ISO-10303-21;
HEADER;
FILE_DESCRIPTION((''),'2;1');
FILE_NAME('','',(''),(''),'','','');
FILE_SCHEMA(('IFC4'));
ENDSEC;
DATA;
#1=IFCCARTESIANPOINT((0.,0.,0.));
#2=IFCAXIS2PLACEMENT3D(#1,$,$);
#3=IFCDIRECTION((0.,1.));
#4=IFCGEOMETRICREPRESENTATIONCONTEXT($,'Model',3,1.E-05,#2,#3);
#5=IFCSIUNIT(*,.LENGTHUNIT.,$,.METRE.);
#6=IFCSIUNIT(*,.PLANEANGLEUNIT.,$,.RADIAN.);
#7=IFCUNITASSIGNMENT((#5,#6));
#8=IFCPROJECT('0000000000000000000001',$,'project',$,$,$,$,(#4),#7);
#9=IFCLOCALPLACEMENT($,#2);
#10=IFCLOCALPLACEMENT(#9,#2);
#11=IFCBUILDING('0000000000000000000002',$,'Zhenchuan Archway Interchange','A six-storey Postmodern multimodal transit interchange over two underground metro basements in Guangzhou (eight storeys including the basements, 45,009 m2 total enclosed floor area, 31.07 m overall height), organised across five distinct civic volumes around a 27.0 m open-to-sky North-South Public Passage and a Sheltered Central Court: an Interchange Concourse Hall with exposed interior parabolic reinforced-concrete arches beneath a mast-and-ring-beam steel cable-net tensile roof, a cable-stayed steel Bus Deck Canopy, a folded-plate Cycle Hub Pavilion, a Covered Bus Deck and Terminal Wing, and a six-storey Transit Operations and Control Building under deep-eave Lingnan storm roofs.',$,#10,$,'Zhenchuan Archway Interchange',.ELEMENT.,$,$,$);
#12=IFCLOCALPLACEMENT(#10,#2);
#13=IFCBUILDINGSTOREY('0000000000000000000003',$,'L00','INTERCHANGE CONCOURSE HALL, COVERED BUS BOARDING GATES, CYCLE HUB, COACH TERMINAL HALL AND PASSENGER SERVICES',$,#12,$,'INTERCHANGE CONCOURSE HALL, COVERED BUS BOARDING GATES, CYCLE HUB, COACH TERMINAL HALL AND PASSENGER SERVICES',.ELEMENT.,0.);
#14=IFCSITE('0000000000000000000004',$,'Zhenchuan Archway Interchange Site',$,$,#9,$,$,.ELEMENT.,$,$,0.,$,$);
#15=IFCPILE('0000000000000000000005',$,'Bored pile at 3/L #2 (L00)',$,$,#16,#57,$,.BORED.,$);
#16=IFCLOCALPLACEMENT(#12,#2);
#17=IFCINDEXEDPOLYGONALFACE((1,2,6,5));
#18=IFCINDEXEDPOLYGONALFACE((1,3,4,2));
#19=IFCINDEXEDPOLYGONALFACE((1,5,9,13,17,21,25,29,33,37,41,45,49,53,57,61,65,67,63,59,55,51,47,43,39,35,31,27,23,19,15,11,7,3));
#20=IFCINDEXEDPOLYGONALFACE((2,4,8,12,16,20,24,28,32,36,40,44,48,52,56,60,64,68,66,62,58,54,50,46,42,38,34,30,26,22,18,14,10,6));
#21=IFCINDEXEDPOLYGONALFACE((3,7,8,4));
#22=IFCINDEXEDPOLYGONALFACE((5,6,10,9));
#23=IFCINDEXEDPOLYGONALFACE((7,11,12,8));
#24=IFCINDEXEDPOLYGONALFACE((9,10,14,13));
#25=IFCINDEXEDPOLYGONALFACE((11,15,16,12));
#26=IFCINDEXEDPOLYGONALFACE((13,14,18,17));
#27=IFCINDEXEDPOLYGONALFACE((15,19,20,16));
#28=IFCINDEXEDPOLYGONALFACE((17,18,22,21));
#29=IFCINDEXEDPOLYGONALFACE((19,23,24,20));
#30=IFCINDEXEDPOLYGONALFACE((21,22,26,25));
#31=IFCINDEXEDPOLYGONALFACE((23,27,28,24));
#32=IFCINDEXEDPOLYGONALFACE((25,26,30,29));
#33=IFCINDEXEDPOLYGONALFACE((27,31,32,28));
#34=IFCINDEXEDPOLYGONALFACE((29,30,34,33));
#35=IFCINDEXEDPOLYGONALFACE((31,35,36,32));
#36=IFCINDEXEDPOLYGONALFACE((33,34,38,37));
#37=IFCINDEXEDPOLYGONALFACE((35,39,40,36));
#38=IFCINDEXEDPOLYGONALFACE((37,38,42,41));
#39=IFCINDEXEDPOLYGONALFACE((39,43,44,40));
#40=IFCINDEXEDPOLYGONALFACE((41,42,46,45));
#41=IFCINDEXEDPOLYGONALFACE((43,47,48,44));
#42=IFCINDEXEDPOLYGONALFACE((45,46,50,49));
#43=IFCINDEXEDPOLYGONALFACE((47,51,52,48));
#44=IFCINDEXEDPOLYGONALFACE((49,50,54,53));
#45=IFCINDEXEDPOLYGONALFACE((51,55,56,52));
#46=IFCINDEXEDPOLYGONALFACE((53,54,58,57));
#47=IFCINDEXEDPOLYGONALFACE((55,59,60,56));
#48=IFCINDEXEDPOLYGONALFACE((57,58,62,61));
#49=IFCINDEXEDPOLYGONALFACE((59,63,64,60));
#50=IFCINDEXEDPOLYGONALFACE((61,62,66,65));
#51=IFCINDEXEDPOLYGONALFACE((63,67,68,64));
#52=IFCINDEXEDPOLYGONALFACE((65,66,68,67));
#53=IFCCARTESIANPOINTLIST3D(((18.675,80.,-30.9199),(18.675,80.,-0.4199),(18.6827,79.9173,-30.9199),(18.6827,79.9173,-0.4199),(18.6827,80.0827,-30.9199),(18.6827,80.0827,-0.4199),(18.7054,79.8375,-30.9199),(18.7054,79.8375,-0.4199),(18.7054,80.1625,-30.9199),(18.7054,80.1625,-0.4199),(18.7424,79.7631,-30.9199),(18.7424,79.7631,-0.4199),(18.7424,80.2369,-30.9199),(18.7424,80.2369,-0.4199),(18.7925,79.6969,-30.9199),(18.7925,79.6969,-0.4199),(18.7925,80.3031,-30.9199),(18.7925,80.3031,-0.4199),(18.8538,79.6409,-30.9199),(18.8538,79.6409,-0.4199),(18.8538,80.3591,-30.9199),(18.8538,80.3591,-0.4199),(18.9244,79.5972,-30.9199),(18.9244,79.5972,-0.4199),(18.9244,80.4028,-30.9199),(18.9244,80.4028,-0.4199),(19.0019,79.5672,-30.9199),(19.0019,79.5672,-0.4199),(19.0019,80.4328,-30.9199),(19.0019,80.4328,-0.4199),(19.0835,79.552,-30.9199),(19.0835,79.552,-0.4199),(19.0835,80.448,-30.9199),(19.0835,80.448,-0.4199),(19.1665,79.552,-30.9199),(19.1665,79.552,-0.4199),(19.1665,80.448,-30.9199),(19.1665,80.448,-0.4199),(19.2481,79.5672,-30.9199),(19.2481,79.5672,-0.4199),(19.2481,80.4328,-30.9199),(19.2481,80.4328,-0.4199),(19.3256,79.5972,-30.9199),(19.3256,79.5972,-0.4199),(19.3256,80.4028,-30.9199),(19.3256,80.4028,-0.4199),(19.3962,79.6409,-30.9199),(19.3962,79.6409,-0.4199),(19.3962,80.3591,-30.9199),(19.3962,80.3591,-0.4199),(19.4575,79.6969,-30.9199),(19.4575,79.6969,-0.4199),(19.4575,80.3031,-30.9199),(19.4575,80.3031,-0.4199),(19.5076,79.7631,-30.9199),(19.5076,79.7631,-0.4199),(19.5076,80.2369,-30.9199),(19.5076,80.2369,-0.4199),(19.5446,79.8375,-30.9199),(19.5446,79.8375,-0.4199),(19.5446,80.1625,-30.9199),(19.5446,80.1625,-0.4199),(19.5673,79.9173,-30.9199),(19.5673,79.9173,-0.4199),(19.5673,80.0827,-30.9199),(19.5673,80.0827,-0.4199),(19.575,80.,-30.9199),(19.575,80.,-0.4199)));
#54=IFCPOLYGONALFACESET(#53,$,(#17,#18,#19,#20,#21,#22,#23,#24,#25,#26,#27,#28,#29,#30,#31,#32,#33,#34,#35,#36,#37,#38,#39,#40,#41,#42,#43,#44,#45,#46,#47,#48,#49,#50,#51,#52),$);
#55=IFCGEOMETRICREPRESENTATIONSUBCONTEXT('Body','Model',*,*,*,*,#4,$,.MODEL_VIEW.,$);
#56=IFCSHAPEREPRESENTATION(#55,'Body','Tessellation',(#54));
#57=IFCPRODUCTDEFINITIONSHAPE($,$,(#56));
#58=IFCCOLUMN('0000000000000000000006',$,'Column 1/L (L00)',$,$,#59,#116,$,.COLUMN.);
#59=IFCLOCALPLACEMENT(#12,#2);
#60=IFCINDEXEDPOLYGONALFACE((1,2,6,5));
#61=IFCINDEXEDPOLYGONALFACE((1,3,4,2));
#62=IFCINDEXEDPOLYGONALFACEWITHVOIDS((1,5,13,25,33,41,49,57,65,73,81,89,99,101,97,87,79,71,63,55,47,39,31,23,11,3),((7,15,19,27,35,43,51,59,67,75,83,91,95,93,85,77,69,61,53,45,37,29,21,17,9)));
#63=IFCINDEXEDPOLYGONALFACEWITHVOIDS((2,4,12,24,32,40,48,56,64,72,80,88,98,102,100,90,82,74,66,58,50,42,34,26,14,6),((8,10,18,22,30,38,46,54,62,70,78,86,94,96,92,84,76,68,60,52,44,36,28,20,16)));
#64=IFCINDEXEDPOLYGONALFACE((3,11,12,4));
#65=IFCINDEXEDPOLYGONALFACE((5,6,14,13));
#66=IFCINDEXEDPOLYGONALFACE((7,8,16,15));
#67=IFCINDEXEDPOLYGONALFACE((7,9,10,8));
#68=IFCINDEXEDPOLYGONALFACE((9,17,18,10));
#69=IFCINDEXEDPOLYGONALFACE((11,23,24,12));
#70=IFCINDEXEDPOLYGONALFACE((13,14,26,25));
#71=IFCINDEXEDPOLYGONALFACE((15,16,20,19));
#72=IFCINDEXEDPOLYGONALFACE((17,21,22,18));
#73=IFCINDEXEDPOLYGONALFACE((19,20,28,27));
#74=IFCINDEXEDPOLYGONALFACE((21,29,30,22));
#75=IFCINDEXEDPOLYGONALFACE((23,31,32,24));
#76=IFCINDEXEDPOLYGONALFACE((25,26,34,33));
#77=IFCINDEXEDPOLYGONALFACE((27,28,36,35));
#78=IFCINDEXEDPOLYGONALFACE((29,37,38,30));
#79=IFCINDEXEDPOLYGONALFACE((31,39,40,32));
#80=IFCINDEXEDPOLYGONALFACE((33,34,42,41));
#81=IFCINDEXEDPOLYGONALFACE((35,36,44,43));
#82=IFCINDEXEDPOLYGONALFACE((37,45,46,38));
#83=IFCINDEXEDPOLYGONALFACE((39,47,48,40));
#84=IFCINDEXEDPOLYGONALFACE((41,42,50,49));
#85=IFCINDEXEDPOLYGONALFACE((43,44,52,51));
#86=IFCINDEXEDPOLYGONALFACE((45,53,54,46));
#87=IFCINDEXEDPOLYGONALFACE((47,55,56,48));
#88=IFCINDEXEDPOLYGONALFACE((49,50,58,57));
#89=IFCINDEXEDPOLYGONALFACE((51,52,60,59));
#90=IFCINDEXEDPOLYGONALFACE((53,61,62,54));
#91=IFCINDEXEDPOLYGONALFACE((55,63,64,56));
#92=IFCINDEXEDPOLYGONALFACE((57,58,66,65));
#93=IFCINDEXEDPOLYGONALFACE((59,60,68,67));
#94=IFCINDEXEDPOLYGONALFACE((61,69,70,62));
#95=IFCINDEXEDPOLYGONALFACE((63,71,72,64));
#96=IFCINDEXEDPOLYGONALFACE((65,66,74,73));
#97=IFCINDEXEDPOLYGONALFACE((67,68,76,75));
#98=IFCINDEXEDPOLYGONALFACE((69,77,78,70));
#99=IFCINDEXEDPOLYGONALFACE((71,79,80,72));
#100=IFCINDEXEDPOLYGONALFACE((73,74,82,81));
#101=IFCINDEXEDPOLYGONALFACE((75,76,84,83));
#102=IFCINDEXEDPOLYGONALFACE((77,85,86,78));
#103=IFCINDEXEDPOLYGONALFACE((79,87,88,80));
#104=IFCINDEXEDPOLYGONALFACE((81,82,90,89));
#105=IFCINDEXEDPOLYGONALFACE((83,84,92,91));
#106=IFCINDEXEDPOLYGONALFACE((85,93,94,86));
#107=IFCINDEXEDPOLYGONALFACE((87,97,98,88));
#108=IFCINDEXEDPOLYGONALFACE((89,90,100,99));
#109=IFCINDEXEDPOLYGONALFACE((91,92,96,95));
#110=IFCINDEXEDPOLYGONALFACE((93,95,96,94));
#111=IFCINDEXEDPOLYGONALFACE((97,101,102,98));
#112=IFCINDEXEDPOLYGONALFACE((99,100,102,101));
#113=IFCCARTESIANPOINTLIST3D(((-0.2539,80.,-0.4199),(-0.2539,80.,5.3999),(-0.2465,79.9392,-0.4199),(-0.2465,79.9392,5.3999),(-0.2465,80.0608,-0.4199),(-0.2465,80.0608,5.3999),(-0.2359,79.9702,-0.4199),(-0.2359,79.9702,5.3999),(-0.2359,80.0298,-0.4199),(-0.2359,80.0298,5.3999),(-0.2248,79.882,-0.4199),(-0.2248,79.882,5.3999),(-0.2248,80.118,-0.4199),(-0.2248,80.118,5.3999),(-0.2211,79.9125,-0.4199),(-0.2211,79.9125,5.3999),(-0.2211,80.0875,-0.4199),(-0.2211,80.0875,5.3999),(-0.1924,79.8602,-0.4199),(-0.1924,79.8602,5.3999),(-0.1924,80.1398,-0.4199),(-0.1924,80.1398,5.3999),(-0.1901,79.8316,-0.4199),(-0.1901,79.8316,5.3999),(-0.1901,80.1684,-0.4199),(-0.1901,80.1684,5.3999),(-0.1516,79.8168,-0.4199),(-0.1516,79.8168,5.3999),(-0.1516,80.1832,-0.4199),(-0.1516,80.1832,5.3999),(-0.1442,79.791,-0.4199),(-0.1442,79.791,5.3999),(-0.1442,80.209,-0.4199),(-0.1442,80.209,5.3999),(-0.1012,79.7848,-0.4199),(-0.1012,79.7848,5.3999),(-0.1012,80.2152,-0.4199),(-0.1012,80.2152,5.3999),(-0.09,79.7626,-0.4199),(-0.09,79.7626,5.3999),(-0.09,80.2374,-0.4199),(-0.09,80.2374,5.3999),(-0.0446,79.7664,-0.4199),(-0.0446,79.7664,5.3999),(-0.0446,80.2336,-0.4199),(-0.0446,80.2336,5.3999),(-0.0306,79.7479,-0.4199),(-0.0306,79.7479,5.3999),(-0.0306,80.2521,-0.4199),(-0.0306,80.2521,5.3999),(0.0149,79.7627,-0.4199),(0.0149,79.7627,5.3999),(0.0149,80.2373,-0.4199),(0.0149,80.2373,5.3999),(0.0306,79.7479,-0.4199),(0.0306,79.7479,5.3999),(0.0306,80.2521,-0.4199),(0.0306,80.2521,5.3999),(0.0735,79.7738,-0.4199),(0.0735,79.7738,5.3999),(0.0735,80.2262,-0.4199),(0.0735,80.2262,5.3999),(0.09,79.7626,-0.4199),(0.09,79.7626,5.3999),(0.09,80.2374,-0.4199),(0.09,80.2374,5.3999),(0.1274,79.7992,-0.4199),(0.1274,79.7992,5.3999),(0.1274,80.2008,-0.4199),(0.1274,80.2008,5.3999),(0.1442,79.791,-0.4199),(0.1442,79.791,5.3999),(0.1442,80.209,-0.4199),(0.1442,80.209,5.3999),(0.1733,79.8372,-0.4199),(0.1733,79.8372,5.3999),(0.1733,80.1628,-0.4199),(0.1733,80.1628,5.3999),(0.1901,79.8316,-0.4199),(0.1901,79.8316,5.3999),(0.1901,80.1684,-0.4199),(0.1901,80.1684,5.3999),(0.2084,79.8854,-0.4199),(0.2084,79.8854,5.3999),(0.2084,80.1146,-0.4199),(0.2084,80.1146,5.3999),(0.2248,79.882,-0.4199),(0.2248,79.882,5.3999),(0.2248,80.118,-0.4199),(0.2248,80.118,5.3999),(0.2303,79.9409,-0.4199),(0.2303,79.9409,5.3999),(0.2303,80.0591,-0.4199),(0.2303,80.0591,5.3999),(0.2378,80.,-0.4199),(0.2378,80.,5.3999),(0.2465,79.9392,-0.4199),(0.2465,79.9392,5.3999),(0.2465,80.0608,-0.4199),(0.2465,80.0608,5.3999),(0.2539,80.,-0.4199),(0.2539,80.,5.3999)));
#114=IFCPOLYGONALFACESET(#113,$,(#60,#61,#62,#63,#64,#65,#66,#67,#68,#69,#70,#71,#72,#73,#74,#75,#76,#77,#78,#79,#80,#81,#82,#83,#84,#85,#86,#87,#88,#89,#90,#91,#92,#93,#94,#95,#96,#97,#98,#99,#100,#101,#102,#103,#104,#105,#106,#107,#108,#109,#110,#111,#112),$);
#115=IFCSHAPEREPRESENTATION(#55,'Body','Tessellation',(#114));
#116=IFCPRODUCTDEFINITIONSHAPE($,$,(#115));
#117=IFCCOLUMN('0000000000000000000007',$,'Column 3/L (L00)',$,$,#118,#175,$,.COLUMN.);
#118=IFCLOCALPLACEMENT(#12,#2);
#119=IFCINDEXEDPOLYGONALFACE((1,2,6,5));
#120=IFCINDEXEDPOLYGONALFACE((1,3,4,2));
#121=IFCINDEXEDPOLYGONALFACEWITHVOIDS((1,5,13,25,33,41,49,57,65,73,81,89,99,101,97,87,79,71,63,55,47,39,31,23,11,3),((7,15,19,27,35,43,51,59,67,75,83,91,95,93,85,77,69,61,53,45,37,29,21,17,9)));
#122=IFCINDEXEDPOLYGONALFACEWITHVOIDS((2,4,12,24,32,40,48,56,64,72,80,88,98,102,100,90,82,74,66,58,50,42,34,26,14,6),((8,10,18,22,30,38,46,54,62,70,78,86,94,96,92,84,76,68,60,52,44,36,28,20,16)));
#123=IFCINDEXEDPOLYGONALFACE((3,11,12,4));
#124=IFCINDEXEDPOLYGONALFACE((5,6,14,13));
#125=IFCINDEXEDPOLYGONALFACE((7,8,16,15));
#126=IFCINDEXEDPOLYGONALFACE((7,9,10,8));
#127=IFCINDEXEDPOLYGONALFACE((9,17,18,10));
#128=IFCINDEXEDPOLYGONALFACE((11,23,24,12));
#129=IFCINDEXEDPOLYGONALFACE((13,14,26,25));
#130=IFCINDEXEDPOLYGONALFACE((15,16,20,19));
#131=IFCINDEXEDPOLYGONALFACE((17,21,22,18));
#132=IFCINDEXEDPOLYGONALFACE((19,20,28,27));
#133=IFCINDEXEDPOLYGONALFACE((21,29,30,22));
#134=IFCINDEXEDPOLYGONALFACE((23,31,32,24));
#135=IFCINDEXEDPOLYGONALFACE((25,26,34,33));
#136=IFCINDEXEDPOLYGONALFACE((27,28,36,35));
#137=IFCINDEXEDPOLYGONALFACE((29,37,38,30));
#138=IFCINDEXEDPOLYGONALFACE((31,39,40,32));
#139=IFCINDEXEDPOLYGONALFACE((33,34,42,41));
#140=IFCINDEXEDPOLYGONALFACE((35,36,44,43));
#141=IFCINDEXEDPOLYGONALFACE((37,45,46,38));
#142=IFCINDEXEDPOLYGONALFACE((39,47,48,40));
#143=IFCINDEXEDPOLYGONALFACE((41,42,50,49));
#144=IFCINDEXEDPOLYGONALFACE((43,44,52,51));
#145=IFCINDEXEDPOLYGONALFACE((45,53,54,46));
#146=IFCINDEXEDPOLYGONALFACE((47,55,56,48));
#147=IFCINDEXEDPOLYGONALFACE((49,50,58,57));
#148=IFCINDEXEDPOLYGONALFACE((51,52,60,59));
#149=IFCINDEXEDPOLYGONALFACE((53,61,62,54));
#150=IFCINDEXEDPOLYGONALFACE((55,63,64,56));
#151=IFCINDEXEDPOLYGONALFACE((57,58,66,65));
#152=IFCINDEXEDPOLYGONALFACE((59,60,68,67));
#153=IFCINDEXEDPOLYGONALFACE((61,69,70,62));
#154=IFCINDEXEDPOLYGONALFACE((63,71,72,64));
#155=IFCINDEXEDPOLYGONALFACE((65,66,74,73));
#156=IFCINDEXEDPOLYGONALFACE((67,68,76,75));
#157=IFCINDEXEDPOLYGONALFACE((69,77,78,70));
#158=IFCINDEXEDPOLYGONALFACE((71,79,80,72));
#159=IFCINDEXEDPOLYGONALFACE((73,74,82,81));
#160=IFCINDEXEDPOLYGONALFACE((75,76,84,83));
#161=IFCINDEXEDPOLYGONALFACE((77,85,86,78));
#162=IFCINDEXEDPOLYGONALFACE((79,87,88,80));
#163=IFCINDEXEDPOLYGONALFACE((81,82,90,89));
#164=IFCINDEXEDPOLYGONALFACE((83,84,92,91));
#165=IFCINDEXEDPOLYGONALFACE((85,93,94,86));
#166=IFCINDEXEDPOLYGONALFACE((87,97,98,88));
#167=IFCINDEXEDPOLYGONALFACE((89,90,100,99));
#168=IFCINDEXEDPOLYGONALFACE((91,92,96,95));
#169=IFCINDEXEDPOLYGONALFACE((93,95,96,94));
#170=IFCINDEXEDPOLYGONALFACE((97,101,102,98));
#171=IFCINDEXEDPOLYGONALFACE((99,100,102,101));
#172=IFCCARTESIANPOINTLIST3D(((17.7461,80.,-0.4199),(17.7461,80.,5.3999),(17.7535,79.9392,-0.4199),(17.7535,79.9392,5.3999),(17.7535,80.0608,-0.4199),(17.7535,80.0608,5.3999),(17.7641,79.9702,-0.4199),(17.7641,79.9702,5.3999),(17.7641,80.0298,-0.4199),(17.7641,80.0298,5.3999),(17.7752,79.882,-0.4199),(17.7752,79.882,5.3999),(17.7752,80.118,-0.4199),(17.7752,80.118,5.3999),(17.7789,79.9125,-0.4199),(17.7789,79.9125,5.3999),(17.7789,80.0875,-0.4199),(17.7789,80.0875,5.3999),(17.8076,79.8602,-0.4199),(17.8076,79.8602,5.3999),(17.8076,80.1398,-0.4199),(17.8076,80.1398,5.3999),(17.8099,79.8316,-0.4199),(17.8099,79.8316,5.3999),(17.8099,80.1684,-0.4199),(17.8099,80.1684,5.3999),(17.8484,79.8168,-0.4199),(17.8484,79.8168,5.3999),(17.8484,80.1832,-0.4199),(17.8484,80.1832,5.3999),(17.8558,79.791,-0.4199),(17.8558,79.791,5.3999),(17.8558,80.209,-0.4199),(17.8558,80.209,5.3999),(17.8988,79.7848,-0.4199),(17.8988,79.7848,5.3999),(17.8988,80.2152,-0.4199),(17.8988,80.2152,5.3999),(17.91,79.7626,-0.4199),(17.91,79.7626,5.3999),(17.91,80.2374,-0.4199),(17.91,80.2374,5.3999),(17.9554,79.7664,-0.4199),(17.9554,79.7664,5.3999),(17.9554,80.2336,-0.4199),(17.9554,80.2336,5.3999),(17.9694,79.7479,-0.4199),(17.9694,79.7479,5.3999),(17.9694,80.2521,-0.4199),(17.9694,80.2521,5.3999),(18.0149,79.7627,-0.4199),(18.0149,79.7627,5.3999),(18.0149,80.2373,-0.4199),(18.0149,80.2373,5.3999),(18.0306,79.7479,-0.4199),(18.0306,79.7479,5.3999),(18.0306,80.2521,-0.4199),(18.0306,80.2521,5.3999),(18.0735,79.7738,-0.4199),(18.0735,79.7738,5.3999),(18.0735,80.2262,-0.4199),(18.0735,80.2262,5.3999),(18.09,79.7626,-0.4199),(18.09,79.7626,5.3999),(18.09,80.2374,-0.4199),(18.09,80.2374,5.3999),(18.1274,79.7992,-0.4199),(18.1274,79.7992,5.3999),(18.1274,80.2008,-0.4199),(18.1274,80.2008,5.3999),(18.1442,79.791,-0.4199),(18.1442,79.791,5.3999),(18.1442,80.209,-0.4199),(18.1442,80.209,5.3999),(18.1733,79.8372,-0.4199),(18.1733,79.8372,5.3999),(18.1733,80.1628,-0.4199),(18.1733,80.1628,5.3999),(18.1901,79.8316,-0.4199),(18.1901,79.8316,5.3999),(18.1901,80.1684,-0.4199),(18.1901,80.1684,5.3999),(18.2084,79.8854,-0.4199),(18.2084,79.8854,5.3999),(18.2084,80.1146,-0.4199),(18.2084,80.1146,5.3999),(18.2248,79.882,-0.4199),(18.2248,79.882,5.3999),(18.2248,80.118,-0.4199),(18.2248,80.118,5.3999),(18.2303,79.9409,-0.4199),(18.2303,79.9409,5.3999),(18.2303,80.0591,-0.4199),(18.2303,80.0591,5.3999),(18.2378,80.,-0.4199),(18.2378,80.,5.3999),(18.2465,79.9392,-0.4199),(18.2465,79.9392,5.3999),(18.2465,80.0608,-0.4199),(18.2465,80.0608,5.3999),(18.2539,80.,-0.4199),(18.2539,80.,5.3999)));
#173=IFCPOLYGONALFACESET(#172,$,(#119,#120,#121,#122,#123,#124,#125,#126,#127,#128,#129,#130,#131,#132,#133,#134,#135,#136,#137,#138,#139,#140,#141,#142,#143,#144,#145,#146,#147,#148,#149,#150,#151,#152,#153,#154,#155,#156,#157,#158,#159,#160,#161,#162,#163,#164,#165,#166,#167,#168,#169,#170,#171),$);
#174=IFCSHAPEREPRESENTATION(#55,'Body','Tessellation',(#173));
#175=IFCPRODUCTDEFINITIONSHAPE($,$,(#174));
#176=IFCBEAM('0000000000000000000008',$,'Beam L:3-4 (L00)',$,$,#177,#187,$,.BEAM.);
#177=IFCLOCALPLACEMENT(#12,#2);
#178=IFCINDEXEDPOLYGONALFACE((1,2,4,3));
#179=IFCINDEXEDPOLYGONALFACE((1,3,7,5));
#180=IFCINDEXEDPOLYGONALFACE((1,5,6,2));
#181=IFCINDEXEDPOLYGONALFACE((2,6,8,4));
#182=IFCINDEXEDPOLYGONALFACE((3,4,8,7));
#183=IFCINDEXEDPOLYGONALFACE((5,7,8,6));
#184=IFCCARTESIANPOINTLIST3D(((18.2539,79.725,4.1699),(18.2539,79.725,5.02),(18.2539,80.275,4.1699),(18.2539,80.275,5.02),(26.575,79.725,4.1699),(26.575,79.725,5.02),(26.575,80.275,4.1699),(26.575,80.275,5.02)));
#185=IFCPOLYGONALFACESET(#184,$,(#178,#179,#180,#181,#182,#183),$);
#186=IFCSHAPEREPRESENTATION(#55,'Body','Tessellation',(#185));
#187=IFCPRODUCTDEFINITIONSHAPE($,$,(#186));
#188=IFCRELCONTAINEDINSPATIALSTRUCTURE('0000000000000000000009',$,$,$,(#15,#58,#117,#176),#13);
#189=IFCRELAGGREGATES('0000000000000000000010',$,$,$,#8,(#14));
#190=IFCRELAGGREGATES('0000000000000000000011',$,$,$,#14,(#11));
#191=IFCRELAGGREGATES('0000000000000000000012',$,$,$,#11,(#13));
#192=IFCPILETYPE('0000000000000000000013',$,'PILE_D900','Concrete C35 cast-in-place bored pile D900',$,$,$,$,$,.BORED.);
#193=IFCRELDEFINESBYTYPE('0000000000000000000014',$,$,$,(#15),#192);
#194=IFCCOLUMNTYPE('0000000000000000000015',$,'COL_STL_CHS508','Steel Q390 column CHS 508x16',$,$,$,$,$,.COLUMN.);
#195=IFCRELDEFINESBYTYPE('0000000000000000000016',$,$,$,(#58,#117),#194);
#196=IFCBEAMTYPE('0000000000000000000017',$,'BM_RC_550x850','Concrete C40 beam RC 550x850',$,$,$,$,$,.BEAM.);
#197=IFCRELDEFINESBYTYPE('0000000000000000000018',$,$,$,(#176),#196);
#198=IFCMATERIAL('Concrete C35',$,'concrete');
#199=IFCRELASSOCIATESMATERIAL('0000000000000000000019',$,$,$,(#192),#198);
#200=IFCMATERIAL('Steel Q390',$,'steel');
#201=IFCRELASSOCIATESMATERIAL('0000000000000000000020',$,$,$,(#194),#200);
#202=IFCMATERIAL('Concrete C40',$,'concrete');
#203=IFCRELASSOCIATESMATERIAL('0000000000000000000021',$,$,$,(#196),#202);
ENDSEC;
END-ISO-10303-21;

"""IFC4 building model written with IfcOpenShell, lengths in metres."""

from ifc_helpers import new_model, si_unit, direction, frame, origin, origin_2d, place, context, subcontext, project, spatial, rectangle, circle, hollow_circle, extrude, material, material_profile, profile_set, type_object, element, save


model = new_model("IFC4")

# Units and contexts
model_context = context("Model", 3, precision=1e-05, world=origin(), true_north=direction((0.0, 1.0)))
body_context = subcontext(model_context, "Body", "Model", "MODEL_VIEW")
ifc_project = project(units=[si_unit("LENGTHUNIT", "METRE"), si_unit("PLANEANGLEUNIT", "RADIAN")], contexts=[model_context])

# Site, building, storey
site_placement = place(None, origin())
site = spatial("IfcSite", under=ifc_project, at=site_placement, Name="Zhenchuan Archway Interchange Site", CompositionType="ELEMENT", RefElevation=0.0)
building_placement = place(site_placement, origin())
building = spatial("IfcBuilding", under=site, at=building_placement, Name="Zhenchuan Archway Interchange", Description="A six-storey Postmodern multimodal transit interchange over two underground metro basements in Guangzhou (eight storeys including the basements, 45,009 m2 total enclosed floor area, 31.07 m overall height), organised across five distinct civic volumes around a 27.0 m open-to-sky North-South Public Passage and a Sheltered Central Court: an Interchange Concourse Hall with exposed interior parabolic reinforced-concrete arches beneath a mast-and-ring-beam steel cable-net tensile roof, a cable-stayed steel Bus Deck Canopy, a folded-plate Cycle Hub Pavilion, a Covered Bus Deck and Terminal Wing, and a six-storey Transit Operations and Control Building under deep-eave Lingnan storm roofs.", LongName="Zhenchuan Archway Interchange", CompositionType="ELEMENT")
storey_placement = place(building_placement, origin())
storey = spatial("IfcBuildingStorey", under=building, at=storey_placement, Name="L00", Description="INTERCHANGE CONCOURSE HALL, COVERED BUS BOARDING GATES, CYCLE HUB, COACH TERMINAL HALL AND PASSENGER SERVICES", LongName="INTERCHANGE CONCOURSE HALL, COVERED BUS BOARDING GATES, CYCLE HUB, COACH TERMINAL HALL AND PASSENGER SERVICES", CompositionType="ELEMENT", Elevation=0.0)

# Shared definitions
ifc_material_1 = material(Name="Concrete C40", Category="concrete")

# Pile
ifc_material_2 = material(Name="Concrete C35", Category="concrete")
ifc_material_profile_1 = material_profile(ifc_material_2, circle(Radius=0.45, at=origin_2d()), Name="BORED PILE 900")
ifc_profile_set_1 = profile_set([ifc_material_profile_1], Name="Concrete C35")
pile_type_1 = type_object("IfcPileType", Name="PILE_D900", Description="Concrete C35 cast-in-place bored pile D900", PredefinedType="BORED", material=ifc_profile_set_1)
for number, where, z_axis, x_axis, name in (
    (1, (19.125, 80.0, -0.4199), (0.0, 0.0, -1.0), (1.0, 0.0, 0.0), "Bored pile at 3/L #2 (L00)"),
):
    element("IfcPile", number, at=place(storey_placement, frame(where, z_axis=z_axis, x_axis=x_axis)), inside=storey, type_object=pile_type_1, Name=name, PredefinedType="BORED", context=body_context, shape_type="SweptSolid", body=[
        extrude(circle(Radius=0.45, at=origin_2d()), origin(), (0.0, 0.0, 1.0), 30.5),
    ])

# Columns
ifc_material_3 = material(Name="Steel Q390", Category="steel")
ifc_material_profile_2 = material_profile(ifc_material_3, hollow_circle(Radius=0.2539, WallThickness=0.0161, at=origin_2d()), Name="CHS 508x16")
ifc_profile_set_2 = profile_set([ifc_material_profile_2], Name="Steel Q390")
column_type = type_object("IfcColumnType", Name="COL_STL_CHS508", Description="Steel Q390 column CHS 508x16", PredefinedType="COLUMN", material=ifc_profile_set_2)
for number, where, z_axis, x_axis, name in (
    (2, (0.0, 80.0, -0.4199), (0.0, 0.0, 1.0), (1.0, 0.0, 0.0), "Column 1/L (L00)"),
    (3, (18.0, 80.0, -0.4199), (0.0, 0.0, 1.0), (1.0, 0.0, 0.0), "Column 3/L (L00)"),
):
    element("IfcColumn", number, at=place(storey_placement, frame(where, z_axis=z_axis, x_axis=x_axis)), inside=storey, type_object=column_type, Name=name, PredefinedType="COLUMN", context=body_context, shape_type="SweptSolid", body=[
        extrude(hollow_circle(Radius=0.2539, WallThickness=0.0161, at=origin_2d()), origin(), (0.0, 0.0, 1.0), 5.8198),
    ])

# Beam
ifc_material_profile_3 = material_profile(ifc_material_1, rectangle(XDim=0.55, YDim=0.8501, at=origin_2d()), Name="RC 550x850")
ifc_profile_set_3 = profile_set([ifc_material_profile_3], Name="Concrete C40")
beam_type_1 = type_object("IfcBeamType", Name="BM_RC_550x850", Description="Concrete C40 beam RC 550x850", PredefinedType="BEAM", material=ifc_profile_set_3)
beam_1_placement = place(storey_placement, frame((18.2539, 80.0, 4.595), z_axis=(1.0, 0.0, 0.0), x_axis=(0.0, 1.0, 0.0)))
element("IfcBeam", 4, at=beam_1_placement, inside=storey, type_object=beam_type_1, Name="Beam L:3-4 (L00)", PredefinedType="BEAM", context=body_context, shape_type="SweptSolid", body=[
    extrude(rectangle(XDim=0.55, YDim=0.8501, at=origin_2d()), origin(), (0.0, 0.0, 1.0), 8.321),
])

save(model, "model.ifc")
